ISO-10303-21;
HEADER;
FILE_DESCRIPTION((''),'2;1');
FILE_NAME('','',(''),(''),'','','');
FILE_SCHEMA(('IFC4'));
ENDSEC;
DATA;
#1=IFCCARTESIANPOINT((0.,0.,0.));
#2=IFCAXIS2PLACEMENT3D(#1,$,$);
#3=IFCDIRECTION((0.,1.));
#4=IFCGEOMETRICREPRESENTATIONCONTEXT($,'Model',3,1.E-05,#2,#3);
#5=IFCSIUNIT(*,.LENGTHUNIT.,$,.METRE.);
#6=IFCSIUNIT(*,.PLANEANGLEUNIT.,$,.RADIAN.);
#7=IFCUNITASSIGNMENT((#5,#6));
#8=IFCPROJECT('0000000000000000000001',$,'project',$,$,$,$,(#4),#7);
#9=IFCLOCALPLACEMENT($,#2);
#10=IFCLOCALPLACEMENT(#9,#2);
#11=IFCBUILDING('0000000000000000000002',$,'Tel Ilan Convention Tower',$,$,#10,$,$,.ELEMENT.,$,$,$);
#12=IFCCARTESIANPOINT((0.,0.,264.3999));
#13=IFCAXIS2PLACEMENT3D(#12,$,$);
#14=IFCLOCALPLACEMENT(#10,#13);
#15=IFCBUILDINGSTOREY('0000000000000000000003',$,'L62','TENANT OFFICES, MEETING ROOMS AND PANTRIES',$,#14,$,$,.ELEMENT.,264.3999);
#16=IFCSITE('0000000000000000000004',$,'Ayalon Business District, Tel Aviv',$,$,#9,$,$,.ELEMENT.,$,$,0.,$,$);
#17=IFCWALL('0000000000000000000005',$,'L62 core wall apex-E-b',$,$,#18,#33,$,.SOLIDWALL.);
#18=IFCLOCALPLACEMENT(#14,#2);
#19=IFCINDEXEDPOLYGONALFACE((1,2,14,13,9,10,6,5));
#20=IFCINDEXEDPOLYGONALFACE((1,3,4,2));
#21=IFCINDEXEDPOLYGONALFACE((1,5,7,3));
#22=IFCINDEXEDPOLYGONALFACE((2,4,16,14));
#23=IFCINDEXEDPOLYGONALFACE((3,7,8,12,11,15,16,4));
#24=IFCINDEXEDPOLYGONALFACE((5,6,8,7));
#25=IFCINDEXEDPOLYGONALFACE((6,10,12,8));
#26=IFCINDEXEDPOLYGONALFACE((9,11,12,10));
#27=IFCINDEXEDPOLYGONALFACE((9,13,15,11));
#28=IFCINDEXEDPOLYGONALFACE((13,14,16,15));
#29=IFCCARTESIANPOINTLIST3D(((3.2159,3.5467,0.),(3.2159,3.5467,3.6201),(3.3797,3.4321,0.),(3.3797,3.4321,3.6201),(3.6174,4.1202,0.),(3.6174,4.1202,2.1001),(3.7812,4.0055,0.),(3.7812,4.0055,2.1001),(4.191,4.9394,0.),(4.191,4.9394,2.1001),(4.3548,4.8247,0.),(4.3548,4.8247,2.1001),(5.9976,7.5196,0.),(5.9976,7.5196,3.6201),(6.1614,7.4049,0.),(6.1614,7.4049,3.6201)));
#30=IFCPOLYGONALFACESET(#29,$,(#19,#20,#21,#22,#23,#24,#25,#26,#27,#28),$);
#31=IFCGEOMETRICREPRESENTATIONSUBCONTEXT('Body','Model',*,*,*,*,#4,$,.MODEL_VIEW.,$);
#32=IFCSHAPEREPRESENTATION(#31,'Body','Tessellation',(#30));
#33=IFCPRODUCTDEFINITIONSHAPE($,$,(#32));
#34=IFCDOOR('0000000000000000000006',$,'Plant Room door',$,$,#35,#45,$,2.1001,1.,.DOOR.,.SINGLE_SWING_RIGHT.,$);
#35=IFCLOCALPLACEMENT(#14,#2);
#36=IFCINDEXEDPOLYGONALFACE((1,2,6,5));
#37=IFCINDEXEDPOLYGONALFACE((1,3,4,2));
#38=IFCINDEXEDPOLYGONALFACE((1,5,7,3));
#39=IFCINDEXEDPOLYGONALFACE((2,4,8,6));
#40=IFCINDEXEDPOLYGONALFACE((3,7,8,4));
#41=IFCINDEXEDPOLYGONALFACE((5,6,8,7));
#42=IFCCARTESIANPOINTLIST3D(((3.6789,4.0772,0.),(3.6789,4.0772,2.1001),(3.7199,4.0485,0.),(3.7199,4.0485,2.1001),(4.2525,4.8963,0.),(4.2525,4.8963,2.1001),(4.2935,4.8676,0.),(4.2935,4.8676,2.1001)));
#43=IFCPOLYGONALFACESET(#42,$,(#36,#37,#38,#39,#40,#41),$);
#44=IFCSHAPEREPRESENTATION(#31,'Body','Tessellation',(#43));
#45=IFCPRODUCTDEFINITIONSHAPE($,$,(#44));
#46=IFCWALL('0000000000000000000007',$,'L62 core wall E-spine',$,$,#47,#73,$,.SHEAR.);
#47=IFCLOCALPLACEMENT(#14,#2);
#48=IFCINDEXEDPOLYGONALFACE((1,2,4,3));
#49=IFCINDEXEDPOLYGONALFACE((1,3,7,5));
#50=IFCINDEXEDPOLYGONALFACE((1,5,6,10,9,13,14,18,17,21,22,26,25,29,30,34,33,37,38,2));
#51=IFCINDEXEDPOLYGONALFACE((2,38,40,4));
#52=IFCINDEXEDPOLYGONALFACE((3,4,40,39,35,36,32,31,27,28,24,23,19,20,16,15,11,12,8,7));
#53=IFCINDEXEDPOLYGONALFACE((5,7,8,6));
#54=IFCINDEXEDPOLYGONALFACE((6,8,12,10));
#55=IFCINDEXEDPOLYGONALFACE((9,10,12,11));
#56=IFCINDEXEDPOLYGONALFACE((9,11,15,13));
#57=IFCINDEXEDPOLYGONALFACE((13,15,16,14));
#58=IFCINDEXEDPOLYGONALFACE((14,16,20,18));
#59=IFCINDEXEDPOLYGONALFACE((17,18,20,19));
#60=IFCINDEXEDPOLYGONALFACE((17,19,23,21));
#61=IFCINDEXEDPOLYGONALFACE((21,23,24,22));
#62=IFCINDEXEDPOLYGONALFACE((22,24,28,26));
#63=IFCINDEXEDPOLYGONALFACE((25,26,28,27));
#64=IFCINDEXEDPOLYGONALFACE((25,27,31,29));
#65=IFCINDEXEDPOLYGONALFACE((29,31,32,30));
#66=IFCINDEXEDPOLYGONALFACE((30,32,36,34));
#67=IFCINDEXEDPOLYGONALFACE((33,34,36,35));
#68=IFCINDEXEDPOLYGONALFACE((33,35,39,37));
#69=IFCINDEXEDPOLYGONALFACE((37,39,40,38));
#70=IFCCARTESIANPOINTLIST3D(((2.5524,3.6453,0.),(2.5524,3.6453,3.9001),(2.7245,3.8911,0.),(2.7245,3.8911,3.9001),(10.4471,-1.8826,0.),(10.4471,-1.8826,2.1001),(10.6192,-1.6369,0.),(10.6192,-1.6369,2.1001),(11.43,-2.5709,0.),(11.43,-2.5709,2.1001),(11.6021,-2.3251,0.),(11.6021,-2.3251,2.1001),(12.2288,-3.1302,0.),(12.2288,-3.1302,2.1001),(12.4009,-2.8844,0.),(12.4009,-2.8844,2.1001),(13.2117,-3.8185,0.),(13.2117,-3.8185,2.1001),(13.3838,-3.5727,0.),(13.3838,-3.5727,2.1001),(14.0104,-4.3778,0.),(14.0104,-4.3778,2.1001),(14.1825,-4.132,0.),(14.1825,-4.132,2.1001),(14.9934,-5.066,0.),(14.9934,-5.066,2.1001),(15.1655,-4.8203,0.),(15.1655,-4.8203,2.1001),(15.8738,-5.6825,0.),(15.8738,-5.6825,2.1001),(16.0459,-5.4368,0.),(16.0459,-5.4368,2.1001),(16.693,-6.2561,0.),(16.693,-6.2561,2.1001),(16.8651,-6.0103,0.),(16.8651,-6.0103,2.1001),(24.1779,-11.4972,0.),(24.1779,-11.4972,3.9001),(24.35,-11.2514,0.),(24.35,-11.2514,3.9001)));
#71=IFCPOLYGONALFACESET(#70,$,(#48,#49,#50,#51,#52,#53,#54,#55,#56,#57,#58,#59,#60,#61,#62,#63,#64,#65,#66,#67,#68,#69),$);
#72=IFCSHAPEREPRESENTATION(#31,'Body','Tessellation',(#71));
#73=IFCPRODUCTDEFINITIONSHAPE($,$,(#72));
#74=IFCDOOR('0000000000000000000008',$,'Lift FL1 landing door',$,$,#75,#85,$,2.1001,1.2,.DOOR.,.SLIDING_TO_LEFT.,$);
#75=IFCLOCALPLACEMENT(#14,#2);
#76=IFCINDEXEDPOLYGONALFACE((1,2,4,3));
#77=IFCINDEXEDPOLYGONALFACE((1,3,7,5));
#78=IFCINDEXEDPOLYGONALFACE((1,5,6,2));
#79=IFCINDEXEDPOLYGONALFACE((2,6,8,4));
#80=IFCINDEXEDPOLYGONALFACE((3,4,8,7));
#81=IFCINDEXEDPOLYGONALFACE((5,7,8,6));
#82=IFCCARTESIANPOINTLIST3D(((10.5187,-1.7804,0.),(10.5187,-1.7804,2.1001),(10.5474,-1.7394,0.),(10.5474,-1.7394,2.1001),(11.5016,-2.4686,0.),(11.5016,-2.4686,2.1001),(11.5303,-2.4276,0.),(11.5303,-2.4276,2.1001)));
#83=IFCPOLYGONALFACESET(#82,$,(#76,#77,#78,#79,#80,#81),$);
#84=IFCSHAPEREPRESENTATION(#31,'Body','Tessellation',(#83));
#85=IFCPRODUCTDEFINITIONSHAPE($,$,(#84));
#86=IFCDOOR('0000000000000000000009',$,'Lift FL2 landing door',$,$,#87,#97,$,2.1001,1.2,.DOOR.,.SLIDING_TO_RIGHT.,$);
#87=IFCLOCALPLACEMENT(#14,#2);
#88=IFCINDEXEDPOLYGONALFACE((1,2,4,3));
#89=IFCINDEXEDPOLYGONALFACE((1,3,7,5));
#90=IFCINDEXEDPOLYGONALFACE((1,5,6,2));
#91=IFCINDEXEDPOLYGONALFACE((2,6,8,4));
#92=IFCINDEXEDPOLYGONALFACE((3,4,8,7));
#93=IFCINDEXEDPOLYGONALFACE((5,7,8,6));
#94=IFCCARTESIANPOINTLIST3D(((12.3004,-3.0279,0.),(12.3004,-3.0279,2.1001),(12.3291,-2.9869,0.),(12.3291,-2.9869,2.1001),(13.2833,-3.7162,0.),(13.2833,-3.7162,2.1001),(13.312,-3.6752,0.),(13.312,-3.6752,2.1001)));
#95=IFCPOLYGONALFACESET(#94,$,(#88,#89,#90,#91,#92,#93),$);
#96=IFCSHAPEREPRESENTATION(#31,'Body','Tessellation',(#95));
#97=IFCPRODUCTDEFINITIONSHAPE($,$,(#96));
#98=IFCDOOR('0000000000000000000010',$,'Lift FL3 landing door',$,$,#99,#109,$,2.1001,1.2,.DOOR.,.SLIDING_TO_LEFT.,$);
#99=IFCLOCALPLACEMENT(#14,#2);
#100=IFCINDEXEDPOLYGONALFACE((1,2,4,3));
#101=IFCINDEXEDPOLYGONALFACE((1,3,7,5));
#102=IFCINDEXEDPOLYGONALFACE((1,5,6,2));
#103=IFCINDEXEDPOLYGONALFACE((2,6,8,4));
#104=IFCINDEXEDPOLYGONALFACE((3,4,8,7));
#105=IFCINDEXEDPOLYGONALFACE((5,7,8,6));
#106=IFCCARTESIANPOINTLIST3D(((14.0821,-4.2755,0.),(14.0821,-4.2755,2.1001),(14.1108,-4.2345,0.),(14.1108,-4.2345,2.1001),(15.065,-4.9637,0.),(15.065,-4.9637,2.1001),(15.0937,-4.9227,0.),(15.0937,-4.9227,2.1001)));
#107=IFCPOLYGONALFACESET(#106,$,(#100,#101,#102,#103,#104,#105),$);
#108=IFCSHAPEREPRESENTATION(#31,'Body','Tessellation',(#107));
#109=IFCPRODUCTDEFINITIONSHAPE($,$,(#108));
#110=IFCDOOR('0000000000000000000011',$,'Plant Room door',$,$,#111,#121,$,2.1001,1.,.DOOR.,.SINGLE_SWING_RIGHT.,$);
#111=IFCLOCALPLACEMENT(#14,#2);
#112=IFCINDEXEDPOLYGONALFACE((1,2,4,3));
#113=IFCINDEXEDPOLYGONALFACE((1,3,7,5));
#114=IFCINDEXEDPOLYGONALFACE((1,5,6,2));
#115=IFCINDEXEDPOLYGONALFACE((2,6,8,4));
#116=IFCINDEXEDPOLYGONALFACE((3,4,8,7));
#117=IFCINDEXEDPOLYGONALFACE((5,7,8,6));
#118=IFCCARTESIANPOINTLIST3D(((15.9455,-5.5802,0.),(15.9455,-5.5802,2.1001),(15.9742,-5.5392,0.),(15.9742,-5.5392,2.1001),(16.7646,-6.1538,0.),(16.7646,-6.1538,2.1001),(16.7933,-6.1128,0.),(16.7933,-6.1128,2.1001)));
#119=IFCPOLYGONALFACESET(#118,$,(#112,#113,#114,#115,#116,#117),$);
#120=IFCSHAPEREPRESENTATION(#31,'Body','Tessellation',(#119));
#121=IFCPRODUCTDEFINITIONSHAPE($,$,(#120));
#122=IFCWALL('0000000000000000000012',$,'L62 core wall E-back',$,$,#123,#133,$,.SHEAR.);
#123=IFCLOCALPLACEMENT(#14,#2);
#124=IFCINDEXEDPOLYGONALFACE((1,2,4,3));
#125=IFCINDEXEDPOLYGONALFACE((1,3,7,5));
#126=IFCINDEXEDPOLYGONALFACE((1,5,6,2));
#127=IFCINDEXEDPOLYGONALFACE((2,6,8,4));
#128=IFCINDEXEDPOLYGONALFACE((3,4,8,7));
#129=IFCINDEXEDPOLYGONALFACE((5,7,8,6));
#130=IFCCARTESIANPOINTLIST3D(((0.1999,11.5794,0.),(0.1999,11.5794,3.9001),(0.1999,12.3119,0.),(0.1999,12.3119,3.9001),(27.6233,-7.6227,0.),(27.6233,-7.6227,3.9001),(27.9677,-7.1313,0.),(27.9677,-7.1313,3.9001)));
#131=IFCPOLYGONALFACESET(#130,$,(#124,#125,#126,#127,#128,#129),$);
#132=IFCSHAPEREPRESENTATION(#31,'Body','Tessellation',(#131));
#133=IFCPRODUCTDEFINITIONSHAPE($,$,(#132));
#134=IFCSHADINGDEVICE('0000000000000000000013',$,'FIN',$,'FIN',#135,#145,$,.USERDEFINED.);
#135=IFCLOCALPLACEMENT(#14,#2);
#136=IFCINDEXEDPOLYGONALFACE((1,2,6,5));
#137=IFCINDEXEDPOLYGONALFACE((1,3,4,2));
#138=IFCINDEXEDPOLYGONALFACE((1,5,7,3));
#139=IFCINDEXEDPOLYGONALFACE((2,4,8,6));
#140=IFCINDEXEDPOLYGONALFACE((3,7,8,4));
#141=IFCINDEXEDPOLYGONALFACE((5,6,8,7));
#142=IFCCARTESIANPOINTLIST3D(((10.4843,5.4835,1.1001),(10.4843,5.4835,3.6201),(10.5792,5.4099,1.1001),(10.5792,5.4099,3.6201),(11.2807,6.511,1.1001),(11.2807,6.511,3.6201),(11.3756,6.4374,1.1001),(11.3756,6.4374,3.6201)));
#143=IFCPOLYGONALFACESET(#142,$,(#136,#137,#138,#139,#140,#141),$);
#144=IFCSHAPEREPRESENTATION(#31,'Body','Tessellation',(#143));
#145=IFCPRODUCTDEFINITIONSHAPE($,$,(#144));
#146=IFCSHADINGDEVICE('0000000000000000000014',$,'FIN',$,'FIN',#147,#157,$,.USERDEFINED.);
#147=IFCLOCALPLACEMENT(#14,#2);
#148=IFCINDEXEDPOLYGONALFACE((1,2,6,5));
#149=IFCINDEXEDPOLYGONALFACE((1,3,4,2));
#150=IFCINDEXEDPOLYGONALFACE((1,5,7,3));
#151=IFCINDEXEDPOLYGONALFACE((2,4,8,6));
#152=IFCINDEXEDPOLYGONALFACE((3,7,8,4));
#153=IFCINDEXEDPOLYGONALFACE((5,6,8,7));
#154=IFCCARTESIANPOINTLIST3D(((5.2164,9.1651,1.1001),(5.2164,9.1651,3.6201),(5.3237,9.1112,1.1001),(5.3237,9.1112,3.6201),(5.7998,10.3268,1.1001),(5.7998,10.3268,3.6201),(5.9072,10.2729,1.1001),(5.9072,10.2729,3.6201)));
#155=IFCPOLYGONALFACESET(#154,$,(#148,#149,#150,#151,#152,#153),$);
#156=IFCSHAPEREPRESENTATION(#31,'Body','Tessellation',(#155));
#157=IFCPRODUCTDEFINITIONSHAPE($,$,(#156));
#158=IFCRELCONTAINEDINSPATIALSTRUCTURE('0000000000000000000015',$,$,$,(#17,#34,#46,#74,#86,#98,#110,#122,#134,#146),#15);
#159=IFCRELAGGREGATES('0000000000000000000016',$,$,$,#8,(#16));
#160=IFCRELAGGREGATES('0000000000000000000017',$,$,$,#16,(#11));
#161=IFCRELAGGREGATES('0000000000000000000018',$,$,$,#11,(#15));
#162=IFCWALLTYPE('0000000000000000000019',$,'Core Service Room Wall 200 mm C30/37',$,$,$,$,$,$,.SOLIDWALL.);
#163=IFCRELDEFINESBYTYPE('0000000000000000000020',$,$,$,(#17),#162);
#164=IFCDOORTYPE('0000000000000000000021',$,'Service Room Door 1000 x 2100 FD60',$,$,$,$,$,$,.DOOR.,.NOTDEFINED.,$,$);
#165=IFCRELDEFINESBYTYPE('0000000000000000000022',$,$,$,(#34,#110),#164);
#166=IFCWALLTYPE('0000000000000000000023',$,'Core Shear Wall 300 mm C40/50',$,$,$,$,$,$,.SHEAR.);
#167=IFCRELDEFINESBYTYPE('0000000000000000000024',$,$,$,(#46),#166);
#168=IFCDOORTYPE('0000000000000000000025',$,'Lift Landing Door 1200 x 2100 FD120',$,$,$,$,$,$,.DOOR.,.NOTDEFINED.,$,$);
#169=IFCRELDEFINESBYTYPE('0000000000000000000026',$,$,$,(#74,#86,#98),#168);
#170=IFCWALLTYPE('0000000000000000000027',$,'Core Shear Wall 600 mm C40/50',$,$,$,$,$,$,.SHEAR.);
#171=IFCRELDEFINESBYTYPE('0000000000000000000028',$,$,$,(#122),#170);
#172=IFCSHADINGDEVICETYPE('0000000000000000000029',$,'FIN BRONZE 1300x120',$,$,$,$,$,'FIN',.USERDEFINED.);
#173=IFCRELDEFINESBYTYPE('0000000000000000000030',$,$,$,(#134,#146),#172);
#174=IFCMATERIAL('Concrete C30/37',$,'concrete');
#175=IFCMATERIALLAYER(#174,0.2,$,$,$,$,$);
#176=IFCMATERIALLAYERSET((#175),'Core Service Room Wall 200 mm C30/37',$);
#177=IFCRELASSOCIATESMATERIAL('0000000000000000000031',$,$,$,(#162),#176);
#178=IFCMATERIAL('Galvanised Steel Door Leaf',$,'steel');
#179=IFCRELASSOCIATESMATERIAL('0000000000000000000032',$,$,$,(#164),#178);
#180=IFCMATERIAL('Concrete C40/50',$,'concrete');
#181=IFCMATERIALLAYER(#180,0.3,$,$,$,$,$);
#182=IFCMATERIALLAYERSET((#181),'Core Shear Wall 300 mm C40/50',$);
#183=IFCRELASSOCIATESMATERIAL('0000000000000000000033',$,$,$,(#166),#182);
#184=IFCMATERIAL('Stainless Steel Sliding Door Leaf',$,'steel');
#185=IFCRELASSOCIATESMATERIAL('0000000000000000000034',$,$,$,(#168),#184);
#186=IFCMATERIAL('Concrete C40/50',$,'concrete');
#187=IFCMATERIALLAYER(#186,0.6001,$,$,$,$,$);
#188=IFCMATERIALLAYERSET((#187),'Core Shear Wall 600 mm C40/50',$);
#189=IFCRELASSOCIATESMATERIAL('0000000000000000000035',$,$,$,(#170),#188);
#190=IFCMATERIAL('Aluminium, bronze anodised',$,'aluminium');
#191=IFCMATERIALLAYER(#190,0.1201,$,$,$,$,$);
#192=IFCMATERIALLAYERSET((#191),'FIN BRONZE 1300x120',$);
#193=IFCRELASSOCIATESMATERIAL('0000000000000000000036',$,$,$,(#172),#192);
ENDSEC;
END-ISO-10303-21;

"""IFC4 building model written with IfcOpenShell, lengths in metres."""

from ifc_helpers import new_model, si_unit, direction, frame, frame_2d, origin, origin_2d, place, context, subcontext, project, spatial, polyline, rectangle, outline, extrude, material, layer, layer_set, type_object, element, fill, save


model = new_model("IFC4")

# Units and contexts
model_context = context("Model", 3, precision=1e-05, world=origin(), true_north=direction((0.0, 1.0)))
body_context = subcontext(model_context, "Body", "Model", "MODEL_VIEW")
ifc_project = project(units=[si_unit("LENGTHUNIT", "METRE"), si_unit("PLANEANGLEUNIT", "RADIAN")], contexts=[model_context])

# Site, building, storey
site_placement = place(None, origin())
site = spatial("IfcSite", under=ifc_project, at=site_placement, Name="Ayalon Business District, Tel Aviv", CompositionType="ELEMENT", RefElevation=0.0)
building_placement = place(site_placement, origin())
building = spatial("IfcBuilding", under=site, at=building_placement, Name="Tel Ilan Convention Tower", CompositionType="ELEMENT")
storey_placement = place(building_placement, frame((0.0, 0.0, 264.3999)))
storey = spatial("IfcBuildingStorey", under=building, at=storey_placement, Name="L62", Description="TENANT OFFICES, MEETING ROOMS AND PANTRIES", CompositionType="ELEMENT", Elevation=264.3999)

# Wall, opening, door
ifc_material_1 = material(Name="Concrete C30/37", Category="concrete")
ifc_layer_1 = layer(ifc_material_1, 0.2)
ifc_layer_set_1 = layer_set([ifc_layer_1], Name="Core Service Room Wall 200 mm C30/37")
wall_type_1 = type_object("IfcWallType", Name="Core Service Room Wall 200 mm C30/37", PredefinedType="SOLIDWALL", material=ifc_layer_set_1)
wall_1_placement = place(storey_placement, frame((3.2979, 3.4895, 0.0), z_axis=(0.0, 0.0, 1.0), x_axis=(0.57356, 0.819163, 0.0)))
wall_1 = element("IfcWall", 1, at=wall_1_placement, inside=storey, type_object=wall_type_1, Name="L62 core wall apex-E-b", PredefinedType="SOLIDWALL", context=body_context, shape_type="SweptSolid", body=[
    extrude(rectangle(XDim=4.8499, YDim=0.2, at=frame_2d((2.4248, 0.0))), origin(), (0.0, 0.0, 1.0), 3.6201),
])
opening_1_placement = place(wall_1_placement, frame((0.7, 0.0, 0.0)))
opening_1 = element("IfcOpeningElement", 2, at=opening_1_placement, cuts=wall_1, PredefinedType="OPENING", context=body_context, shape_type="SweptSolid", body=[
    extrude(rectangle(XDim=1.0, YDim=2.1001, at=frame_2d((0.5, 1.05))), frame((0.0, 0.1099, 0.0), z_axis=(0.0, -1.0, 0.0), x_axis=(1.0, 0.0, 0.0)), (0.0, 0.0, 1.0), 0.22),
])
ifc_material_2 = material(Name="Galvanised Steel Door Leaf", Category="steel")
door_type_1 = type_object("IfcDoorType", Name="Service Room Door 1000 x 2100 FD60", OperationType="NOTDEFINED", PredefinedType="DOOR", material=ifc_material_2)
door_1_placement = place(opening_1_placement, origin())
door_1 = element("IfcDoor", 3, at=door_1_placement, inside=storey, type_object=door_type_1, Name="Plant Room door", OperationType="SINGLE_SWING_RIGHT", OverallHeight=2.1001, OverallWidth=1.0, PredefinedType="DOOR", context=body_context, shape_type="SweptSolid", body=[
    extrude(rectangle(XDim=1.0, YDim=2.1001, at=frame_2d((0.5, 1.05))), frame((0.0, 0.0249, 0.0), z_axis=(0.0, -1.0, 0.0), x_axis=(1.0, 0.0, 0.0)), (0.0, 0.0, 1.0), 0.05),
])
fill(opening_1, door_1)

# Wall, openings, doors
ifc_material_3 = material(Name="Concrete C40/50", Category="concrete")
ifc_layer_2 = layer(ifc_material_3, 0.3)
ifc_layer_set_2 = layer_set([ifc_layer_2], Name="Core Shear Wall 300 mm C40/50")
wall_type_2 = type_object("IfcWallType", Name="Core Shear Wall 300 mm C40/50", PredefinedType="SHEAR", material=ifc_layer_set_2)
wall_2_placement = place(storey_placement, frame((2.6384, 3.7681, 0.0), z_axis=(0.0, 0.0, 1.0), x_axis=(0.819155, -0.573572, 0.0)))
wall_2 = element("IfcWall", 4, at=wall_2_placement, inside=storey, type_object=wall_type_2, Name="L62 core wall E-spine", PredefinedType="SHEAR", context=body_context, shape_type="SweptSolid", body=[
    extrude(outline(polyline([(0.0, 0.1501), (0.0, -0.1499), (26.3999, -0.1501), (26.3999, 0.1499), (0.0, 0.1501)])), origin(), (0.0, 0.0, 1.0), 3.9001),
])
opening_2_placement = place(wall_2_placement, frame((9.6375, 0.0, 0.0)))
opening_2 = element("IfcOpeningElement", 5, at=opening_2_placement, cuts=wall_2, PredefinedType="OPENING", context=body_context, shape_type="SweptSolid", body=[
    extrude(rectangle(XDim=1.2, YDim=2.1001, at=frame_2d((0.6001, 1.05))), frame((0.0, 0.1599, 0.0), z_axis=(0.0, -1.0, 0.0), x_axis=(1.0, 0.0, 0.0)), (0.0, 0.0, 1.0), 0.3201),
])
opening_3_placement = place(wall_2_placement, frame((11.8125, 0.0, 0.0)))
opening_3 = element("IfcOpeningElement", 6, at=opening_3_placement, cuts=wall_2, PredefinedType="OPENING", context=body_context, shape_type="SweptSolid", body=[
    extrude(rectangle(XDim=1.2, YDim=2.1001, at=frame_2d((0.6001, 1.05))), frame((0.0, 0.1599, 0.0), z_axis=(0.0, -1.0, 0.0), x_axis=(1.0, 0.0, 0.0)), (0.0, 0.0, 1.0), 0.3201),
])
opening_4_placement = place(wall_2_placement, frame((13.9875, 0.0, 0.0)))
opening_4 = element("IfcOpeningElement", 7, at=opening_4_placement, cuts=wall_2, PredefinedType="OPENING", context=body_context, shape_type="SweptSolid", body=[
    extrude(rectangle(XDim=1.2, YDim=2.1001, at=frame_2d((0.6001, 1.05))), frame((0.0, 0.1599, 0.0), z_axis=(0.0, -1.0, 0.0), x_axis=(1.0, 0.0, 0.0)), (0.0, 0.0, 1.0), 0.3201),
])
opening_5_placement = place(wall_2_placement, frame((16.2625, 0.0, 0.0)))
opening_5 = element("IfcOpeningElement", 8, at=opening_5_placement, cuts=wall_2, PredefinedType="OPENING", context=body_context, shape_type="SweptSolid", body=[
    extrude(rectangle(XDim=1.0, YDim=2.1001, at=frame_2d((0.5, 1.05))), frame((0.0, 0.1599, 0.0), z_axis=(0.0, -1.0, 0.0), x_axis=(1.0, 0.0, 0.0)), (0.0, 0.0, 1.0), 0.3201),
])
ifc_material_4 = material(Name="Stainless Steel Sliding Door Leaf", Category="steel")
door_type_2 = type_object("IfcDoorType", Name="Lift Landing Door 1200 x 2100 FD120", OperationType="NOTDEFINED", PredefinedType="DOOR", material=ifc_material_4)
door_2_placement = place(opening_2_placement, origin())
door_2 = element("IfcDoor", 9, at=door_2_placement, inside=storey, type_object=door_type_2, Name="Lift FL1 landing door", OperationType="SLIDING_TO_LEFT", OverallHeight=2.1001, OverallWidth=1.2, PredefinedType="DOOR", context=body_context, shape_type="SweptSolid", body=[
    extrude(rectangle(XDim=1.2, YDim=2.1001, at=frame_2d((0.6001, 1.05))), frame((0.0, 0.0249, 0.0), z_axis=(0.0, -1.0, 0.0), x_axis=(1.0, 0.0, 0.0)), (0.0, 0.0, 1.0), 0.05),
])
fill(opening_2, door_2)
door_3_placement = place(opening_3_placement, origin())
door_3 = element("IfcDoor", 10, at=door_3_placement, inside=storey, type_object=door_type_2, Name="Lift FL2 landing door", OperationType="SLIDING_TO_RIGHT", OverallHeight=2.1001, OverallWidth=1.2, PredefinedType="DOOR", context=body_context, shape_type="SweptSolid", body=[
    extrude(rectangle(XDim=1.2, YDim=2.1001, at=frame_2d((0.6001, 1.05))), frame((0.0, 0.0249, 0.0), z_axis=(0.0, -1.0, 0.0), x_axis=(1.0, 0.0, 0.0)), (0.0, 0.0, 1.0), 0.05),
])
fill(opening_3, door_3)
door_4_placement = place(opening_4_placement, origin())
door_4 = element("IfcDoor", 11, at=door_4_placement, inside=storey, type_object=door_type_2, Name="Lift FL3 landing door", OperationType="SLIDING_TO_LEFT", OverallHeight=2.1001, OverallWidth=1.2, PredefinedType="DOOR", context=body_context, shape_type="SweptSolid", body=[
    extrude(rectangle(XDim=1.2, YDim=2.1001, at=frame_2d((0.6001, 1.05))), frame((0.0, 0.0249, 0.0), z_axis=(0.0, -1.0, 0.0), x_axis=(1.0, 0.0, 0.0)), (0.0, 0.0, 1.0), 0.05),
])
fill(opening_4, door_4)
door_5_placement = place(opening_5_placement, origin())
door_5 = element("IfcDoor", 12, at=door_5_placement, inside=storey, type_object=door_type_1, Name="Plant Room door", OperationType="SINGLE_SWING_RIGHT", OverallHeight=2.1001, OverallWidth=1.0, PredefinedType="DOOR", context=body_context, shape_type="SweptSolid", body=[
    extrude(rectangle(XDim=1.0, YDim=2.1001, at=frame_2d((0.5, 1.05))), frame((0.0, 0.0249, 0.0), z_axis=(0.0, -1.0, 0.0), x_axis=(1.0, 0.0, 0.0)), (0.0, 0.0, 1.0), 0.05),
])
fill(opening_5, door_5)

# Wall
ifc_material_5 = material(Name="Concrete C40/50", Category="concrete")
ifc_layer_3 = layer(ifc_material_5, 0.6001)
ifc_layer_set_3 = layer_set([ifc_layer_3], Name="Core Shear Wall 600 mm C40/50")
wall_type_3 = type_object("IfcWallType", Name="Core Shear Wall 600 mm C40/50", PredefinedType="SHEAR", material=ifc_layer_set_3)
wall_3_placement = place(storey_placement, frame((0.0278, 12.0662, 0.0), z_axis=(0.0, 0.0, 1.0), x_axis=(0.819151, -0.573577, 0.0)))
element("IfcWall", 13, at=wall_3_placement, inside=storey, type_object=wall_type_3, Name="L62 core wall E-back", PredefinedType="SHEAR", context=body_context, shape_type="SweptSolid", body=[
    extrude(outline(polyline([(33.8982, 0.3), (0.0, 0.3), (0.4202, -0.3), (33.8979, -0.3), (33.8982, 0.3)])), origin(), (0.0, 0.0, 1.0), 3.9001),
])

# Shading devices
ifc_material_6 = material(Name="Aluminium, bronze anodised", Category="aluminium")
ifc_layer_4 = layer(ifc_material_6, 0.1201)
ifc_layer_set_4 = layer_set([ifc_layer_4], Name="FIN BRONZE 1300x120")
shading_device_type_1 = type_object("IfcShadingDeviceType", Name="FIN BRONZE 1300x120", ElementType="FIN", PredefinedType="USERDEFINED", material=ifc_layer_set_4)
for number, where, z_axis, x_axis, name in (
    (14, (10.9299, 5.9604, 1.1001), (0.0, 0.0, 1.0), (0.612601, 0.790393, 0.0), "FIN"),
    (15, (5.5618, 9.719, 1.1001), (0.0, 0.0, 1.0), (0.448799, 0.893633, 0.0), "FIN"),
):
    element("IfcShadingDevice", number, at=place(storey_placement, frame(where, z_axis=z_axis, x_axis=x_axis)), inside=storey, type_object=shading_device_type_1, Name=name, ObjectType="FIN", PredefinedType="USERDEFINED", context=body_context, shape_type="SweptSolid", body=[
        extrude(rectangle(XDim=1.3, YDim=0.1201, at=origin_2d()), origin(), (0.0, 0.0, 1.0), 2.52),
    ])

save(model, "model.ifc")
